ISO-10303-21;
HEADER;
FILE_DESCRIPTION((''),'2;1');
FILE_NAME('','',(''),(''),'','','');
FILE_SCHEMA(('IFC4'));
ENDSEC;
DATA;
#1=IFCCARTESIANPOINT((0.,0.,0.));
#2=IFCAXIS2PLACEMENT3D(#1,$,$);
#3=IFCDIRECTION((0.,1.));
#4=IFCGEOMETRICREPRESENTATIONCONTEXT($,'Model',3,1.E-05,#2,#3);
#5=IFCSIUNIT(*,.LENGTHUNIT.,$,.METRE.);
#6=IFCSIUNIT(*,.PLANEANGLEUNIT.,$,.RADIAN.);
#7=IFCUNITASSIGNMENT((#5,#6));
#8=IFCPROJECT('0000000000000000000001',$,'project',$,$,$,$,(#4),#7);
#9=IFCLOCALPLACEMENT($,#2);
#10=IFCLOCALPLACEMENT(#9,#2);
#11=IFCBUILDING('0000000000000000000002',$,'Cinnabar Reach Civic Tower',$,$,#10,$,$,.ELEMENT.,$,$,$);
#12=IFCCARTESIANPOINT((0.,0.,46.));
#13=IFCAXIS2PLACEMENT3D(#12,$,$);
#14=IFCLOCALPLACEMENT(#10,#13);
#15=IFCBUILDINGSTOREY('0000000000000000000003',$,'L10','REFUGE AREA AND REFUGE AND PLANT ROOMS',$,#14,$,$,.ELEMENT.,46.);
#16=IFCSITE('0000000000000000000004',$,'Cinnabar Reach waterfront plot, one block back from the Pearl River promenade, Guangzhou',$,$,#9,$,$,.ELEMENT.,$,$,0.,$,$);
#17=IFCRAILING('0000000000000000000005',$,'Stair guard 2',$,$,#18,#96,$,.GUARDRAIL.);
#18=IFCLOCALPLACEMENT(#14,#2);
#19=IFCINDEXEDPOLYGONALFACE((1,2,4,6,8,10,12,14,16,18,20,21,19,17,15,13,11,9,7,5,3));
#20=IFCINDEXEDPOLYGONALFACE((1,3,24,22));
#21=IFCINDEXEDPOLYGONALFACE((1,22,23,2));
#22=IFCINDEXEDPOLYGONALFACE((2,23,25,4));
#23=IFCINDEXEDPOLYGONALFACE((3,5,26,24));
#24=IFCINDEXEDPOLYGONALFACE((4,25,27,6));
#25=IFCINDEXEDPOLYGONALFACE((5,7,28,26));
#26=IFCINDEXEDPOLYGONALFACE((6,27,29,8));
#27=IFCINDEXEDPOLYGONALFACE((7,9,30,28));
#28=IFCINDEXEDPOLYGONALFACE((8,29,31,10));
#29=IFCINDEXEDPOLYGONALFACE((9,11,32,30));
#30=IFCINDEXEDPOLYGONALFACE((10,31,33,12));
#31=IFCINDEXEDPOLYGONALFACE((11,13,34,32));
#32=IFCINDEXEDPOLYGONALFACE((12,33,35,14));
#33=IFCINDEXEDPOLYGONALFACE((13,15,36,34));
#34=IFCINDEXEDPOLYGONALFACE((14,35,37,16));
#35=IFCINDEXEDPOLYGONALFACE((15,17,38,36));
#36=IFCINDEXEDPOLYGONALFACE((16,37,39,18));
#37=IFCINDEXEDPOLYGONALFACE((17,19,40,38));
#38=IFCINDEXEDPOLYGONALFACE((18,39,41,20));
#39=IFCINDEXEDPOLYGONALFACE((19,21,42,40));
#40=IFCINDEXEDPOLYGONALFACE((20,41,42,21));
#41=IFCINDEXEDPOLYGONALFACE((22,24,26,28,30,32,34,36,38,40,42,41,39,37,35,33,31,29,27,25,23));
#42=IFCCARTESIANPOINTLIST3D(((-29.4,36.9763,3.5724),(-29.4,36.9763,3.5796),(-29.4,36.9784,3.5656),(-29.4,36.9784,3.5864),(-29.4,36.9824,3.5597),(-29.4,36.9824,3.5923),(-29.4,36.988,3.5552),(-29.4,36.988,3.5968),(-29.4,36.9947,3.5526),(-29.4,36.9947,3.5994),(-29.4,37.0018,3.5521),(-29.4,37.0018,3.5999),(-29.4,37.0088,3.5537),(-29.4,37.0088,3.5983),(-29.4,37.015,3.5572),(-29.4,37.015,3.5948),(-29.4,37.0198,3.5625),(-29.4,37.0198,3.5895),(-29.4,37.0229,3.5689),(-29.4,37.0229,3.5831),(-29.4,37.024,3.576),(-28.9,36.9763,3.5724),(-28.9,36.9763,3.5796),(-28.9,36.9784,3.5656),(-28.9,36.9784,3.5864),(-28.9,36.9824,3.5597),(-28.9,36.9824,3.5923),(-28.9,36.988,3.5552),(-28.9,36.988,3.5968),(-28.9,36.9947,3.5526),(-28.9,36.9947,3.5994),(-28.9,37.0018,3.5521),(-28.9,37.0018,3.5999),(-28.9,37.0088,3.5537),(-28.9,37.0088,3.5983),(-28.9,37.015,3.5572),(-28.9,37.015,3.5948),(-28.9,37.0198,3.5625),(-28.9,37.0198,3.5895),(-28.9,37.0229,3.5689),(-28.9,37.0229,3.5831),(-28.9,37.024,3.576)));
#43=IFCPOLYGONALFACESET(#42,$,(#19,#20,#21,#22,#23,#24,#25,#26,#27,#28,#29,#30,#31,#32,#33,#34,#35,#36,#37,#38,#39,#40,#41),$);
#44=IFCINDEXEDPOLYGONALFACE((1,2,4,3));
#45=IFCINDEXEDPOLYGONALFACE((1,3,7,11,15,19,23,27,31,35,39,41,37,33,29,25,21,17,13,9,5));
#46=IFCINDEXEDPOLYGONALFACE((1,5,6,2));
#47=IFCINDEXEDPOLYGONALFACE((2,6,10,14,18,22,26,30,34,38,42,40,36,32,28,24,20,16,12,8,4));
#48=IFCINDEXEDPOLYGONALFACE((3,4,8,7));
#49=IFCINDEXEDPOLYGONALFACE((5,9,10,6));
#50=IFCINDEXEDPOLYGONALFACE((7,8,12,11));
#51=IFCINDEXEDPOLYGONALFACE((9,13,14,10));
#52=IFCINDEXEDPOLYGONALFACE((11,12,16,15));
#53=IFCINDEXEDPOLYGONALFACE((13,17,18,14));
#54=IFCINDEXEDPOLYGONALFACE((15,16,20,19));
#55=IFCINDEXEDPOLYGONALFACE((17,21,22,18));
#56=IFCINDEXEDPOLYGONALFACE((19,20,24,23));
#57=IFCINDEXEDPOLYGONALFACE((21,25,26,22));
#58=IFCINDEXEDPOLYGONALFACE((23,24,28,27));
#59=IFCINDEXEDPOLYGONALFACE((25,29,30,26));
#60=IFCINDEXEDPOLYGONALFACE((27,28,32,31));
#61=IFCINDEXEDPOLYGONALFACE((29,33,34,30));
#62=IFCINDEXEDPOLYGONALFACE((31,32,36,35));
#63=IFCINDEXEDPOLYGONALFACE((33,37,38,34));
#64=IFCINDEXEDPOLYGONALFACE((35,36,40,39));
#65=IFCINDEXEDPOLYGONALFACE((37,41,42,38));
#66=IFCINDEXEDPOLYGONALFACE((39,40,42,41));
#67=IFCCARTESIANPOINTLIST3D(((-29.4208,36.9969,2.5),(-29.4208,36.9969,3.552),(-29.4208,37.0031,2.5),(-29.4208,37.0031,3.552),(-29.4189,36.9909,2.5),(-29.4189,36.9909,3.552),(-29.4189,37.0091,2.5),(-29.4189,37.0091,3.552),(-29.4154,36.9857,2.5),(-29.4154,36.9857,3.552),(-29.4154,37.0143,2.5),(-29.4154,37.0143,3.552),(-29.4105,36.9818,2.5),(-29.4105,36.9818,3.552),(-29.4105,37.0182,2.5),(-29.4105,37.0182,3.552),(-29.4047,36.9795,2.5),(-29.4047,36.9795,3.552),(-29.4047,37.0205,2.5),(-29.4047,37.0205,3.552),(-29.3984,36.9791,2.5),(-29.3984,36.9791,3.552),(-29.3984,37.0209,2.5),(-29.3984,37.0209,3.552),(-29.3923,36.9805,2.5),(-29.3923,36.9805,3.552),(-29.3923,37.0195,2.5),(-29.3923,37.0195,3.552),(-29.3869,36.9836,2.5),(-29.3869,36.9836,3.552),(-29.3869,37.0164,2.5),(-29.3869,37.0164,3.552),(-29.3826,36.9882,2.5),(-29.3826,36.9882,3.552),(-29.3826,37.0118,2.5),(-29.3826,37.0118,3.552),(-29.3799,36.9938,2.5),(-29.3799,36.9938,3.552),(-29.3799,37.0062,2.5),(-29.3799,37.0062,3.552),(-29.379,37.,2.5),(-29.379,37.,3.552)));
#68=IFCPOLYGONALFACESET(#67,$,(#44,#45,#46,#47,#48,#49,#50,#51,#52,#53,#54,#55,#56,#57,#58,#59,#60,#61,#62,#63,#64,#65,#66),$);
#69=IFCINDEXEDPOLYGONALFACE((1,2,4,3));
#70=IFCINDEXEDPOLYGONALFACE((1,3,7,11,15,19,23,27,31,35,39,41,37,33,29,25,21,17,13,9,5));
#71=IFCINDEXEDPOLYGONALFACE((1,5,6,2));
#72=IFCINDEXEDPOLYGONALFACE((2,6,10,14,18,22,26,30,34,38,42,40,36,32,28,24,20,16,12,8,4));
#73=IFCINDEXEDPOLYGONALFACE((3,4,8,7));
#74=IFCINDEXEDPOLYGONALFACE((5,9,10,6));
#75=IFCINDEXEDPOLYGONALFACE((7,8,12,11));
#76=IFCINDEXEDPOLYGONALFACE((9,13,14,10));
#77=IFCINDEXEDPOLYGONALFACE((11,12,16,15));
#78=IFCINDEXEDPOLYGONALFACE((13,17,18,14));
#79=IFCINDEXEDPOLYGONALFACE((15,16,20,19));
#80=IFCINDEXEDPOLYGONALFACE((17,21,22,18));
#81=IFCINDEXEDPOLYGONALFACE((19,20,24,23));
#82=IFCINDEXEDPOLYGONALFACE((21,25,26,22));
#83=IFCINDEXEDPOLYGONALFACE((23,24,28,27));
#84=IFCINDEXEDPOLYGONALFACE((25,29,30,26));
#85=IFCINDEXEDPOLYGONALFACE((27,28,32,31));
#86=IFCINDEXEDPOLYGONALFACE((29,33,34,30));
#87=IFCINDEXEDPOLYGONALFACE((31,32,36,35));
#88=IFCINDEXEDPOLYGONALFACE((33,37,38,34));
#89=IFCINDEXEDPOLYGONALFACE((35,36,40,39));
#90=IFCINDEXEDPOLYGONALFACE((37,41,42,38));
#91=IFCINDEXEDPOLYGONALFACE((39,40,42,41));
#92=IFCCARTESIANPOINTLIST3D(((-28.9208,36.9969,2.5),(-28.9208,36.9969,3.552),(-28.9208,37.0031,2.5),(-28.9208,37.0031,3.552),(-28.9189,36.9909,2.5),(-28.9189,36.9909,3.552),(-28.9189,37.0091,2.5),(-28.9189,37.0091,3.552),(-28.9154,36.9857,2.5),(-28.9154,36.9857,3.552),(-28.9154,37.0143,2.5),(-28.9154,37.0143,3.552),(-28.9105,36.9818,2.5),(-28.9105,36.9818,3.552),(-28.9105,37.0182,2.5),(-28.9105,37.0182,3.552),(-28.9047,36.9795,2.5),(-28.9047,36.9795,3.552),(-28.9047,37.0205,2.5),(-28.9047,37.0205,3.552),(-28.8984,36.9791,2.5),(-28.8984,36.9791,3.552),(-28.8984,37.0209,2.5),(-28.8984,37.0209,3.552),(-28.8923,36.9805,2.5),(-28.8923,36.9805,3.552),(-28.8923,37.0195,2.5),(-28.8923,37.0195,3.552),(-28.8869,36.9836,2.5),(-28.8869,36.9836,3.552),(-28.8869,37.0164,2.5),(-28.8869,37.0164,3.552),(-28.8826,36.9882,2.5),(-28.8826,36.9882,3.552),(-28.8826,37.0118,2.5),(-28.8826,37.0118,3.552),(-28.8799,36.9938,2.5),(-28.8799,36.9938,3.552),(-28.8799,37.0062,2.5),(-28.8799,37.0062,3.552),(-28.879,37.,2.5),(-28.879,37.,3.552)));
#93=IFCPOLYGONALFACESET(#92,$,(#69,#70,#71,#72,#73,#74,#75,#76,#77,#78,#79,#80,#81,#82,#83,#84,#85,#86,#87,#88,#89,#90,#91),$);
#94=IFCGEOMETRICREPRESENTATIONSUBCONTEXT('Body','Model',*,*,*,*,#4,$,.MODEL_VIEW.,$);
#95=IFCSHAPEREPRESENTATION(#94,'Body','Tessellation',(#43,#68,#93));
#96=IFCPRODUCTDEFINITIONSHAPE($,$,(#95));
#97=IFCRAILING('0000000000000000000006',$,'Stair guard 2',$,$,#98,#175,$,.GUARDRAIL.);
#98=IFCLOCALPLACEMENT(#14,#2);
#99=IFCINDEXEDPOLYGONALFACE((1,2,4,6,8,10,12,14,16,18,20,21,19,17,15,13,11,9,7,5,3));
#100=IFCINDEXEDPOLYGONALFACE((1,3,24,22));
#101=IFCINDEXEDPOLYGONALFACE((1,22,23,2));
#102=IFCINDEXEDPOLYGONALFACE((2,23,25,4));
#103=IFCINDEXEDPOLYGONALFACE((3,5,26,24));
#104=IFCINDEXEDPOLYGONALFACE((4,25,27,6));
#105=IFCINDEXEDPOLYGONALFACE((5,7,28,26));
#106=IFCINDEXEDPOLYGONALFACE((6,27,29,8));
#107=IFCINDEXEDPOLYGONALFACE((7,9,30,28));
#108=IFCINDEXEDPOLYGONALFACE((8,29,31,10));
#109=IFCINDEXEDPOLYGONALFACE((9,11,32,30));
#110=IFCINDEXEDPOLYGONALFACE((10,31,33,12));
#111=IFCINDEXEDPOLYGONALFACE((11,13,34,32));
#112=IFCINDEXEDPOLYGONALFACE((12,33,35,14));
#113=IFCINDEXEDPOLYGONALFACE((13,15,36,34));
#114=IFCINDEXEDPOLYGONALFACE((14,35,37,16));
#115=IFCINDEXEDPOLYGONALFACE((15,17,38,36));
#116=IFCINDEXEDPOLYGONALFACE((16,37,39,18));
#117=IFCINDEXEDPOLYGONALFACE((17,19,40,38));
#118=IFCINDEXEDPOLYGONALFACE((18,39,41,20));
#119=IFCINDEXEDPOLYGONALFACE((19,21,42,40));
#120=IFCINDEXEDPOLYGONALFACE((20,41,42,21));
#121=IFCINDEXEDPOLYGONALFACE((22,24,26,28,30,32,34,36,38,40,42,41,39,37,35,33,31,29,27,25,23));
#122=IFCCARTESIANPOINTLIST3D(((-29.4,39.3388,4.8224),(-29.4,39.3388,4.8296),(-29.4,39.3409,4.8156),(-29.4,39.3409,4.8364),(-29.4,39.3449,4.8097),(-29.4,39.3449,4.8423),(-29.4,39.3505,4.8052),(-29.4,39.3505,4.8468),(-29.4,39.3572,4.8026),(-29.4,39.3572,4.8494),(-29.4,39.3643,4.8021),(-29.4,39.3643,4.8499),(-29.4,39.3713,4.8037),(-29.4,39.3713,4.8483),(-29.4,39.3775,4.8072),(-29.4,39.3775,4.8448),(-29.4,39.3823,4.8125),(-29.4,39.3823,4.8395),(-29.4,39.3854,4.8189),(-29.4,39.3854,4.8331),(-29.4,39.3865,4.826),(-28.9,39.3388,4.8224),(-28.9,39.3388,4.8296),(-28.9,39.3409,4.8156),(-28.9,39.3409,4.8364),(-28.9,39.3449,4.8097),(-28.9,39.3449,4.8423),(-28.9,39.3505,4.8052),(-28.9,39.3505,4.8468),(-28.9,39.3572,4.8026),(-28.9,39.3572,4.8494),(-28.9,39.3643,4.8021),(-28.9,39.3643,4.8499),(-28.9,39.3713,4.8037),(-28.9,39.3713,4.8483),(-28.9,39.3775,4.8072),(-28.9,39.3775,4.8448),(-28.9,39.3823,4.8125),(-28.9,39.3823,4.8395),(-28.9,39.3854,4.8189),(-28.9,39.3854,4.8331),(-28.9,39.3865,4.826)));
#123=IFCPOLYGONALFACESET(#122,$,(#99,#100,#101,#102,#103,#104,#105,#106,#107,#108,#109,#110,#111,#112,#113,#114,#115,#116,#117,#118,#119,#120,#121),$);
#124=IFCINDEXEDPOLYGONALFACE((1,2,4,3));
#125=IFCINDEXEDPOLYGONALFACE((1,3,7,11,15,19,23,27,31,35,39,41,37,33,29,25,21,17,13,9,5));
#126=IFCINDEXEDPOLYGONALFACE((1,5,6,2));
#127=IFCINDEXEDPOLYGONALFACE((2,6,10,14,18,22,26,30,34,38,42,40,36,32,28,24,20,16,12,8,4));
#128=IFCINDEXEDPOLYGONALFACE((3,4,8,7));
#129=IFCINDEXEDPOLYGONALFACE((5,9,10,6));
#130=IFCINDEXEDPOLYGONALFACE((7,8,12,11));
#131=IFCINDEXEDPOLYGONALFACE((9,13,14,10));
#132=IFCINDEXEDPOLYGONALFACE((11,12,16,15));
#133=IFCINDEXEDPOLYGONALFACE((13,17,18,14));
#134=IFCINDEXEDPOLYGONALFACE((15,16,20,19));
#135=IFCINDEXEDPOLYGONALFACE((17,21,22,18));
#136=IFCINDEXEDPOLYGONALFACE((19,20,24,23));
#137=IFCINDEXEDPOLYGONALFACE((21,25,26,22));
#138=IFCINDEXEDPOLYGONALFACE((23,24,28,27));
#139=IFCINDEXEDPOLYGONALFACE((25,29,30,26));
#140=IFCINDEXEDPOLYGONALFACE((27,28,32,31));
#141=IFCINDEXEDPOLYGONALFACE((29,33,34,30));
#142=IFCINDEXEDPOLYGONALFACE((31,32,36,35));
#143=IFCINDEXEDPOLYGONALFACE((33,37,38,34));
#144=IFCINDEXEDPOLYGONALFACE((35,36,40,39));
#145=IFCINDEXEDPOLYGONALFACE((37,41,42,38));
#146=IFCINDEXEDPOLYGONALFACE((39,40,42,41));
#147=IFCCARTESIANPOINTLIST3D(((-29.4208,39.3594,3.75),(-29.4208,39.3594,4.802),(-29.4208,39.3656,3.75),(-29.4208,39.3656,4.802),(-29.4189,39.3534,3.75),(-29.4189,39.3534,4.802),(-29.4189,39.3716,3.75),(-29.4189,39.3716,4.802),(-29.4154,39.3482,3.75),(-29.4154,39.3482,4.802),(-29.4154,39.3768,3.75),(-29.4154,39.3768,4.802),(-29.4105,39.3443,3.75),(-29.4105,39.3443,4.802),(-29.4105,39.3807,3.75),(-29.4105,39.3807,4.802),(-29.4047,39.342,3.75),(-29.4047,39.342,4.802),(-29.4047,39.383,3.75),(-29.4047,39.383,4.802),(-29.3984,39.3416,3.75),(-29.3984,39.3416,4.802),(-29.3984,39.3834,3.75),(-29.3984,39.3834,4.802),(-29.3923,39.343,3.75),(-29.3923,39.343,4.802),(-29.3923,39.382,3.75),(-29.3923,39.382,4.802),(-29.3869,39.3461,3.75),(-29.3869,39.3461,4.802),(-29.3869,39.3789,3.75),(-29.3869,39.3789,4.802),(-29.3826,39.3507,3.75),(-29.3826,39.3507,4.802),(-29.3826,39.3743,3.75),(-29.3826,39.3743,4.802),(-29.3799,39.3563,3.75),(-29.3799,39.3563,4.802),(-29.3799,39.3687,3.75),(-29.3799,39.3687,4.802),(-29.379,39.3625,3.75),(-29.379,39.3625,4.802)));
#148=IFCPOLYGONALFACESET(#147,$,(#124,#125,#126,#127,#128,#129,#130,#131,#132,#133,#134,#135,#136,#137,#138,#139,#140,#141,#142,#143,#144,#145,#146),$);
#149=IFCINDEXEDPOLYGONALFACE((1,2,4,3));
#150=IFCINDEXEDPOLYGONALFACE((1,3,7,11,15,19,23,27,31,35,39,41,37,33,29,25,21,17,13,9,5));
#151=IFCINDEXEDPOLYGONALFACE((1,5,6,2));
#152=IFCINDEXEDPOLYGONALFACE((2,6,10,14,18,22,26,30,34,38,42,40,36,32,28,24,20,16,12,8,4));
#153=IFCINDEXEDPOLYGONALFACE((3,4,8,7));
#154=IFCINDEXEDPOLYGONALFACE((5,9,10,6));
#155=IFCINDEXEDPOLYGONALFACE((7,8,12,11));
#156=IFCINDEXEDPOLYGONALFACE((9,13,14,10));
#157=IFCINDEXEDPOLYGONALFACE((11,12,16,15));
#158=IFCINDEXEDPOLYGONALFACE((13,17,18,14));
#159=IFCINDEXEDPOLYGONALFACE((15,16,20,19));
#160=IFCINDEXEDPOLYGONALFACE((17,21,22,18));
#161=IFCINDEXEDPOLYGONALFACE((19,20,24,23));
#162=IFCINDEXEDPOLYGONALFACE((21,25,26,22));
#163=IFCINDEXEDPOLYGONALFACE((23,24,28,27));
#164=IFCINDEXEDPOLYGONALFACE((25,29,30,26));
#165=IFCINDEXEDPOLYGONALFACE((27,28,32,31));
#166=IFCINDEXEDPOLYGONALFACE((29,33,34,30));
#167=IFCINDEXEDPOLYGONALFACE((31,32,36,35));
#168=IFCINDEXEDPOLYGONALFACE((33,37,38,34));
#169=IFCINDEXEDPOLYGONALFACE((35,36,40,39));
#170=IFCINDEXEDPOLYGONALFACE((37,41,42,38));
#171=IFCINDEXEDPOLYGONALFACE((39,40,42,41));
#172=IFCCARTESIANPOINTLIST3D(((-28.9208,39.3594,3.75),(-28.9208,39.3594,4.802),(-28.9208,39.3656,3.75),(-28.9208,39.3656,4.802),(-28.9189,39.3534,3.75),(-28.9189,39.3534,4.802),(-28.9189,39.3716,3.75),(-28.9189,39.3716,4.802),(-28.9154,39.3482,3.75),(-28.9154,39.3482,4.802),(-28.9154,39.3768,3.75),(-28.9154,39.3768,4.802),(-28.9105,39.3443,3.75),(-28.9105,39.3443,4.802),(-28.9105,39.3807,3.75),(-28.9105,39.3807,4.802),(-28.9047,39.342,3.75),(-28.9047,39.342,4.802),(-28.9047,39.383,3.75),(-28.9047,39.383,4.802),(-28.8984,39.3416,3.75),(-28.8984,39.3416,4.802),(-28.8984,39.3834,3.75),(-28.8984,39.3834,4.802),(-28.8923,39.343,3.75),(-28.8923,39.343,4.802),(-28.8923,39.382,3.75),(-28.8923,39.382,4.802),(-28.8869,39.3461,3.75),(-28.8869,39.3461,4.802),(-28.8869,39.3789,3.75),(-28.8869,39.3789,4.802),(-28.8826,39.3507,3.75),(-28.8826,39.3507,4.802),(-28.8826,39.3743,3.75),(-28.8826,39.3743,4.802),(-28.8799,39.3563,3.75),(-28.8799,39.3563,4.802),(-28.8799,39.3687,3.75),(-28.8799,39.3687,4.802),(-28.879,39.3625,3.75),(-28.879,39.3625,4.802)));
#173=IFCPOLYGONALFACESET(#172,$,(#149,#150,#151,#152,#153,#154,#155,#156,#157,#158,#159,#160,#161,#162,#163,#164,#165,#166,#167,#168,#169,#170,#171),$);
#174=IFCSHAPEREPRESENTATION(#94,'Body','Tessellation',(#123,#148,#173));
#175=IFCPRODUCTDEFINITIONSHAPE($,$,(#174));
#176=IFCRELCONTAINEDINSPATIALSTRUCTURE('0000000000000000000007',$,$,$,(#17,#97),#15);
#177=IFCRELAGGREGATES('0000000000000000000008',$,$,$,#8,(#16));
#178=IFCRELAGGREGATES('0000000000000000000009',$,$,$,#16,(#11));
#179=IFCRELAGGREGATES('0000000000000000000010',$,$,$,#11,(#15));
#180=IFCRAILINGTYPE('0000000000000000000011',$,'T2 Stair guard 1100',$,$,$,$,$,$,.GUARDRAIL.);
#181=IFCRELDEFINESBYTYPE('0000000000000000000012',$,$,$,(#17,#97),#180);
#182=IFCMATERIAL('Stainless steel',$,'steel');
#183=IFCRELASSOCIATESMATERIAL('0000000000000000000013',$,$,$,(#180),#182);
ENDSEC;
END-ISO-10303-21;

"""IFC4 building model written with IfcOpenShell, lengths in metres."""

from ifc_helpers import new_model, si_unit, direction, frame, origin, origin_2d, place, context, subcontext, project, spatial, circle, extrude, material, type_object, element, save


model = new_model("IFC4")

# Units and contexts
model_context = context("Model", 3, precision=1e-05, world=origin(), true_north=direction((0.0, 1.0)))
body_context = subcontext(model_context, "Body", "Model", "MODEL_VIEW")
ifc_project = project(units=[si_unit("LENGTHUNIT", "METRE"), si_unit("PLANEANGLEUNIT", "RADIAN")], contexts=[model_context])

# Site, building, storey
site_placement = place(None, origin())
site = spatial("IfcSite", under=ifc_project, at=site_placement, Name="Cinnabar Reach waterfront plot, one block back from the Pearl River promenade, Guangzhou", CompositionType="ELEMENT", RefElevation=0.0)
building_placement = place(site_placement, origin())
building = spatial("IfcBuilding", under=site, at=building_placement, Name="Cinnabar Reach Civic Tower", CompositionType="ELEMENT")
storey_placement = place(building_placement, frame((0.0, 0.0, 46.0)))
storey = spatial("IfcBuildingStorey", under=building, at=storey_placement, Name="L10", Description="REFUGE AREA AND REFUGE AND PLANT ROOMS", CompositionType="ELEMENT", Elevation=46.0)

# Railings
ifc_material_1 = material(Name="Stainless steel", Category="steel")
railing_type = type_object("IfcRailingType", Name="T2 Stair guard 1100", PredefinedType="GUARDRAIL", material=ifc_material_1)
for number, where, name in (
    (1, (-29.4, 37.0, 2.5), "Stair guard 2"),
    (2, (-29.4, 39.3625, 3.75), "Stair guard 2"),
):
    element("IfcRailing", number, at=place(storey_placement, frame(where)), inside=storey, type_object=railing_type, Name=name, PredefinedType="GUARDRAIL", context=body_context, shape_type="SweptSolid", body=[
        extrude(circle(Radius=0.024, at=origin_2d()), frame((0.0, 0.0, 1.076), z_axis=(1.0, 0.0, 0.0), x_axis=(0.0, 1.0, 0.0)), (0.0, 0.0, 1.0), 0.5),
        extrude(circle(Radius=0.021, at=origin_2d()), origin(), (0.0, 0.0, 1.0), 1.052),
        extrude(circle(Radius=0.021, at=origin_2d()), frame((0.5, 0.0, 0.0)), (0.0, 0.0, 1.0), 1.052),
    ])

save(model, "model.ifc")
